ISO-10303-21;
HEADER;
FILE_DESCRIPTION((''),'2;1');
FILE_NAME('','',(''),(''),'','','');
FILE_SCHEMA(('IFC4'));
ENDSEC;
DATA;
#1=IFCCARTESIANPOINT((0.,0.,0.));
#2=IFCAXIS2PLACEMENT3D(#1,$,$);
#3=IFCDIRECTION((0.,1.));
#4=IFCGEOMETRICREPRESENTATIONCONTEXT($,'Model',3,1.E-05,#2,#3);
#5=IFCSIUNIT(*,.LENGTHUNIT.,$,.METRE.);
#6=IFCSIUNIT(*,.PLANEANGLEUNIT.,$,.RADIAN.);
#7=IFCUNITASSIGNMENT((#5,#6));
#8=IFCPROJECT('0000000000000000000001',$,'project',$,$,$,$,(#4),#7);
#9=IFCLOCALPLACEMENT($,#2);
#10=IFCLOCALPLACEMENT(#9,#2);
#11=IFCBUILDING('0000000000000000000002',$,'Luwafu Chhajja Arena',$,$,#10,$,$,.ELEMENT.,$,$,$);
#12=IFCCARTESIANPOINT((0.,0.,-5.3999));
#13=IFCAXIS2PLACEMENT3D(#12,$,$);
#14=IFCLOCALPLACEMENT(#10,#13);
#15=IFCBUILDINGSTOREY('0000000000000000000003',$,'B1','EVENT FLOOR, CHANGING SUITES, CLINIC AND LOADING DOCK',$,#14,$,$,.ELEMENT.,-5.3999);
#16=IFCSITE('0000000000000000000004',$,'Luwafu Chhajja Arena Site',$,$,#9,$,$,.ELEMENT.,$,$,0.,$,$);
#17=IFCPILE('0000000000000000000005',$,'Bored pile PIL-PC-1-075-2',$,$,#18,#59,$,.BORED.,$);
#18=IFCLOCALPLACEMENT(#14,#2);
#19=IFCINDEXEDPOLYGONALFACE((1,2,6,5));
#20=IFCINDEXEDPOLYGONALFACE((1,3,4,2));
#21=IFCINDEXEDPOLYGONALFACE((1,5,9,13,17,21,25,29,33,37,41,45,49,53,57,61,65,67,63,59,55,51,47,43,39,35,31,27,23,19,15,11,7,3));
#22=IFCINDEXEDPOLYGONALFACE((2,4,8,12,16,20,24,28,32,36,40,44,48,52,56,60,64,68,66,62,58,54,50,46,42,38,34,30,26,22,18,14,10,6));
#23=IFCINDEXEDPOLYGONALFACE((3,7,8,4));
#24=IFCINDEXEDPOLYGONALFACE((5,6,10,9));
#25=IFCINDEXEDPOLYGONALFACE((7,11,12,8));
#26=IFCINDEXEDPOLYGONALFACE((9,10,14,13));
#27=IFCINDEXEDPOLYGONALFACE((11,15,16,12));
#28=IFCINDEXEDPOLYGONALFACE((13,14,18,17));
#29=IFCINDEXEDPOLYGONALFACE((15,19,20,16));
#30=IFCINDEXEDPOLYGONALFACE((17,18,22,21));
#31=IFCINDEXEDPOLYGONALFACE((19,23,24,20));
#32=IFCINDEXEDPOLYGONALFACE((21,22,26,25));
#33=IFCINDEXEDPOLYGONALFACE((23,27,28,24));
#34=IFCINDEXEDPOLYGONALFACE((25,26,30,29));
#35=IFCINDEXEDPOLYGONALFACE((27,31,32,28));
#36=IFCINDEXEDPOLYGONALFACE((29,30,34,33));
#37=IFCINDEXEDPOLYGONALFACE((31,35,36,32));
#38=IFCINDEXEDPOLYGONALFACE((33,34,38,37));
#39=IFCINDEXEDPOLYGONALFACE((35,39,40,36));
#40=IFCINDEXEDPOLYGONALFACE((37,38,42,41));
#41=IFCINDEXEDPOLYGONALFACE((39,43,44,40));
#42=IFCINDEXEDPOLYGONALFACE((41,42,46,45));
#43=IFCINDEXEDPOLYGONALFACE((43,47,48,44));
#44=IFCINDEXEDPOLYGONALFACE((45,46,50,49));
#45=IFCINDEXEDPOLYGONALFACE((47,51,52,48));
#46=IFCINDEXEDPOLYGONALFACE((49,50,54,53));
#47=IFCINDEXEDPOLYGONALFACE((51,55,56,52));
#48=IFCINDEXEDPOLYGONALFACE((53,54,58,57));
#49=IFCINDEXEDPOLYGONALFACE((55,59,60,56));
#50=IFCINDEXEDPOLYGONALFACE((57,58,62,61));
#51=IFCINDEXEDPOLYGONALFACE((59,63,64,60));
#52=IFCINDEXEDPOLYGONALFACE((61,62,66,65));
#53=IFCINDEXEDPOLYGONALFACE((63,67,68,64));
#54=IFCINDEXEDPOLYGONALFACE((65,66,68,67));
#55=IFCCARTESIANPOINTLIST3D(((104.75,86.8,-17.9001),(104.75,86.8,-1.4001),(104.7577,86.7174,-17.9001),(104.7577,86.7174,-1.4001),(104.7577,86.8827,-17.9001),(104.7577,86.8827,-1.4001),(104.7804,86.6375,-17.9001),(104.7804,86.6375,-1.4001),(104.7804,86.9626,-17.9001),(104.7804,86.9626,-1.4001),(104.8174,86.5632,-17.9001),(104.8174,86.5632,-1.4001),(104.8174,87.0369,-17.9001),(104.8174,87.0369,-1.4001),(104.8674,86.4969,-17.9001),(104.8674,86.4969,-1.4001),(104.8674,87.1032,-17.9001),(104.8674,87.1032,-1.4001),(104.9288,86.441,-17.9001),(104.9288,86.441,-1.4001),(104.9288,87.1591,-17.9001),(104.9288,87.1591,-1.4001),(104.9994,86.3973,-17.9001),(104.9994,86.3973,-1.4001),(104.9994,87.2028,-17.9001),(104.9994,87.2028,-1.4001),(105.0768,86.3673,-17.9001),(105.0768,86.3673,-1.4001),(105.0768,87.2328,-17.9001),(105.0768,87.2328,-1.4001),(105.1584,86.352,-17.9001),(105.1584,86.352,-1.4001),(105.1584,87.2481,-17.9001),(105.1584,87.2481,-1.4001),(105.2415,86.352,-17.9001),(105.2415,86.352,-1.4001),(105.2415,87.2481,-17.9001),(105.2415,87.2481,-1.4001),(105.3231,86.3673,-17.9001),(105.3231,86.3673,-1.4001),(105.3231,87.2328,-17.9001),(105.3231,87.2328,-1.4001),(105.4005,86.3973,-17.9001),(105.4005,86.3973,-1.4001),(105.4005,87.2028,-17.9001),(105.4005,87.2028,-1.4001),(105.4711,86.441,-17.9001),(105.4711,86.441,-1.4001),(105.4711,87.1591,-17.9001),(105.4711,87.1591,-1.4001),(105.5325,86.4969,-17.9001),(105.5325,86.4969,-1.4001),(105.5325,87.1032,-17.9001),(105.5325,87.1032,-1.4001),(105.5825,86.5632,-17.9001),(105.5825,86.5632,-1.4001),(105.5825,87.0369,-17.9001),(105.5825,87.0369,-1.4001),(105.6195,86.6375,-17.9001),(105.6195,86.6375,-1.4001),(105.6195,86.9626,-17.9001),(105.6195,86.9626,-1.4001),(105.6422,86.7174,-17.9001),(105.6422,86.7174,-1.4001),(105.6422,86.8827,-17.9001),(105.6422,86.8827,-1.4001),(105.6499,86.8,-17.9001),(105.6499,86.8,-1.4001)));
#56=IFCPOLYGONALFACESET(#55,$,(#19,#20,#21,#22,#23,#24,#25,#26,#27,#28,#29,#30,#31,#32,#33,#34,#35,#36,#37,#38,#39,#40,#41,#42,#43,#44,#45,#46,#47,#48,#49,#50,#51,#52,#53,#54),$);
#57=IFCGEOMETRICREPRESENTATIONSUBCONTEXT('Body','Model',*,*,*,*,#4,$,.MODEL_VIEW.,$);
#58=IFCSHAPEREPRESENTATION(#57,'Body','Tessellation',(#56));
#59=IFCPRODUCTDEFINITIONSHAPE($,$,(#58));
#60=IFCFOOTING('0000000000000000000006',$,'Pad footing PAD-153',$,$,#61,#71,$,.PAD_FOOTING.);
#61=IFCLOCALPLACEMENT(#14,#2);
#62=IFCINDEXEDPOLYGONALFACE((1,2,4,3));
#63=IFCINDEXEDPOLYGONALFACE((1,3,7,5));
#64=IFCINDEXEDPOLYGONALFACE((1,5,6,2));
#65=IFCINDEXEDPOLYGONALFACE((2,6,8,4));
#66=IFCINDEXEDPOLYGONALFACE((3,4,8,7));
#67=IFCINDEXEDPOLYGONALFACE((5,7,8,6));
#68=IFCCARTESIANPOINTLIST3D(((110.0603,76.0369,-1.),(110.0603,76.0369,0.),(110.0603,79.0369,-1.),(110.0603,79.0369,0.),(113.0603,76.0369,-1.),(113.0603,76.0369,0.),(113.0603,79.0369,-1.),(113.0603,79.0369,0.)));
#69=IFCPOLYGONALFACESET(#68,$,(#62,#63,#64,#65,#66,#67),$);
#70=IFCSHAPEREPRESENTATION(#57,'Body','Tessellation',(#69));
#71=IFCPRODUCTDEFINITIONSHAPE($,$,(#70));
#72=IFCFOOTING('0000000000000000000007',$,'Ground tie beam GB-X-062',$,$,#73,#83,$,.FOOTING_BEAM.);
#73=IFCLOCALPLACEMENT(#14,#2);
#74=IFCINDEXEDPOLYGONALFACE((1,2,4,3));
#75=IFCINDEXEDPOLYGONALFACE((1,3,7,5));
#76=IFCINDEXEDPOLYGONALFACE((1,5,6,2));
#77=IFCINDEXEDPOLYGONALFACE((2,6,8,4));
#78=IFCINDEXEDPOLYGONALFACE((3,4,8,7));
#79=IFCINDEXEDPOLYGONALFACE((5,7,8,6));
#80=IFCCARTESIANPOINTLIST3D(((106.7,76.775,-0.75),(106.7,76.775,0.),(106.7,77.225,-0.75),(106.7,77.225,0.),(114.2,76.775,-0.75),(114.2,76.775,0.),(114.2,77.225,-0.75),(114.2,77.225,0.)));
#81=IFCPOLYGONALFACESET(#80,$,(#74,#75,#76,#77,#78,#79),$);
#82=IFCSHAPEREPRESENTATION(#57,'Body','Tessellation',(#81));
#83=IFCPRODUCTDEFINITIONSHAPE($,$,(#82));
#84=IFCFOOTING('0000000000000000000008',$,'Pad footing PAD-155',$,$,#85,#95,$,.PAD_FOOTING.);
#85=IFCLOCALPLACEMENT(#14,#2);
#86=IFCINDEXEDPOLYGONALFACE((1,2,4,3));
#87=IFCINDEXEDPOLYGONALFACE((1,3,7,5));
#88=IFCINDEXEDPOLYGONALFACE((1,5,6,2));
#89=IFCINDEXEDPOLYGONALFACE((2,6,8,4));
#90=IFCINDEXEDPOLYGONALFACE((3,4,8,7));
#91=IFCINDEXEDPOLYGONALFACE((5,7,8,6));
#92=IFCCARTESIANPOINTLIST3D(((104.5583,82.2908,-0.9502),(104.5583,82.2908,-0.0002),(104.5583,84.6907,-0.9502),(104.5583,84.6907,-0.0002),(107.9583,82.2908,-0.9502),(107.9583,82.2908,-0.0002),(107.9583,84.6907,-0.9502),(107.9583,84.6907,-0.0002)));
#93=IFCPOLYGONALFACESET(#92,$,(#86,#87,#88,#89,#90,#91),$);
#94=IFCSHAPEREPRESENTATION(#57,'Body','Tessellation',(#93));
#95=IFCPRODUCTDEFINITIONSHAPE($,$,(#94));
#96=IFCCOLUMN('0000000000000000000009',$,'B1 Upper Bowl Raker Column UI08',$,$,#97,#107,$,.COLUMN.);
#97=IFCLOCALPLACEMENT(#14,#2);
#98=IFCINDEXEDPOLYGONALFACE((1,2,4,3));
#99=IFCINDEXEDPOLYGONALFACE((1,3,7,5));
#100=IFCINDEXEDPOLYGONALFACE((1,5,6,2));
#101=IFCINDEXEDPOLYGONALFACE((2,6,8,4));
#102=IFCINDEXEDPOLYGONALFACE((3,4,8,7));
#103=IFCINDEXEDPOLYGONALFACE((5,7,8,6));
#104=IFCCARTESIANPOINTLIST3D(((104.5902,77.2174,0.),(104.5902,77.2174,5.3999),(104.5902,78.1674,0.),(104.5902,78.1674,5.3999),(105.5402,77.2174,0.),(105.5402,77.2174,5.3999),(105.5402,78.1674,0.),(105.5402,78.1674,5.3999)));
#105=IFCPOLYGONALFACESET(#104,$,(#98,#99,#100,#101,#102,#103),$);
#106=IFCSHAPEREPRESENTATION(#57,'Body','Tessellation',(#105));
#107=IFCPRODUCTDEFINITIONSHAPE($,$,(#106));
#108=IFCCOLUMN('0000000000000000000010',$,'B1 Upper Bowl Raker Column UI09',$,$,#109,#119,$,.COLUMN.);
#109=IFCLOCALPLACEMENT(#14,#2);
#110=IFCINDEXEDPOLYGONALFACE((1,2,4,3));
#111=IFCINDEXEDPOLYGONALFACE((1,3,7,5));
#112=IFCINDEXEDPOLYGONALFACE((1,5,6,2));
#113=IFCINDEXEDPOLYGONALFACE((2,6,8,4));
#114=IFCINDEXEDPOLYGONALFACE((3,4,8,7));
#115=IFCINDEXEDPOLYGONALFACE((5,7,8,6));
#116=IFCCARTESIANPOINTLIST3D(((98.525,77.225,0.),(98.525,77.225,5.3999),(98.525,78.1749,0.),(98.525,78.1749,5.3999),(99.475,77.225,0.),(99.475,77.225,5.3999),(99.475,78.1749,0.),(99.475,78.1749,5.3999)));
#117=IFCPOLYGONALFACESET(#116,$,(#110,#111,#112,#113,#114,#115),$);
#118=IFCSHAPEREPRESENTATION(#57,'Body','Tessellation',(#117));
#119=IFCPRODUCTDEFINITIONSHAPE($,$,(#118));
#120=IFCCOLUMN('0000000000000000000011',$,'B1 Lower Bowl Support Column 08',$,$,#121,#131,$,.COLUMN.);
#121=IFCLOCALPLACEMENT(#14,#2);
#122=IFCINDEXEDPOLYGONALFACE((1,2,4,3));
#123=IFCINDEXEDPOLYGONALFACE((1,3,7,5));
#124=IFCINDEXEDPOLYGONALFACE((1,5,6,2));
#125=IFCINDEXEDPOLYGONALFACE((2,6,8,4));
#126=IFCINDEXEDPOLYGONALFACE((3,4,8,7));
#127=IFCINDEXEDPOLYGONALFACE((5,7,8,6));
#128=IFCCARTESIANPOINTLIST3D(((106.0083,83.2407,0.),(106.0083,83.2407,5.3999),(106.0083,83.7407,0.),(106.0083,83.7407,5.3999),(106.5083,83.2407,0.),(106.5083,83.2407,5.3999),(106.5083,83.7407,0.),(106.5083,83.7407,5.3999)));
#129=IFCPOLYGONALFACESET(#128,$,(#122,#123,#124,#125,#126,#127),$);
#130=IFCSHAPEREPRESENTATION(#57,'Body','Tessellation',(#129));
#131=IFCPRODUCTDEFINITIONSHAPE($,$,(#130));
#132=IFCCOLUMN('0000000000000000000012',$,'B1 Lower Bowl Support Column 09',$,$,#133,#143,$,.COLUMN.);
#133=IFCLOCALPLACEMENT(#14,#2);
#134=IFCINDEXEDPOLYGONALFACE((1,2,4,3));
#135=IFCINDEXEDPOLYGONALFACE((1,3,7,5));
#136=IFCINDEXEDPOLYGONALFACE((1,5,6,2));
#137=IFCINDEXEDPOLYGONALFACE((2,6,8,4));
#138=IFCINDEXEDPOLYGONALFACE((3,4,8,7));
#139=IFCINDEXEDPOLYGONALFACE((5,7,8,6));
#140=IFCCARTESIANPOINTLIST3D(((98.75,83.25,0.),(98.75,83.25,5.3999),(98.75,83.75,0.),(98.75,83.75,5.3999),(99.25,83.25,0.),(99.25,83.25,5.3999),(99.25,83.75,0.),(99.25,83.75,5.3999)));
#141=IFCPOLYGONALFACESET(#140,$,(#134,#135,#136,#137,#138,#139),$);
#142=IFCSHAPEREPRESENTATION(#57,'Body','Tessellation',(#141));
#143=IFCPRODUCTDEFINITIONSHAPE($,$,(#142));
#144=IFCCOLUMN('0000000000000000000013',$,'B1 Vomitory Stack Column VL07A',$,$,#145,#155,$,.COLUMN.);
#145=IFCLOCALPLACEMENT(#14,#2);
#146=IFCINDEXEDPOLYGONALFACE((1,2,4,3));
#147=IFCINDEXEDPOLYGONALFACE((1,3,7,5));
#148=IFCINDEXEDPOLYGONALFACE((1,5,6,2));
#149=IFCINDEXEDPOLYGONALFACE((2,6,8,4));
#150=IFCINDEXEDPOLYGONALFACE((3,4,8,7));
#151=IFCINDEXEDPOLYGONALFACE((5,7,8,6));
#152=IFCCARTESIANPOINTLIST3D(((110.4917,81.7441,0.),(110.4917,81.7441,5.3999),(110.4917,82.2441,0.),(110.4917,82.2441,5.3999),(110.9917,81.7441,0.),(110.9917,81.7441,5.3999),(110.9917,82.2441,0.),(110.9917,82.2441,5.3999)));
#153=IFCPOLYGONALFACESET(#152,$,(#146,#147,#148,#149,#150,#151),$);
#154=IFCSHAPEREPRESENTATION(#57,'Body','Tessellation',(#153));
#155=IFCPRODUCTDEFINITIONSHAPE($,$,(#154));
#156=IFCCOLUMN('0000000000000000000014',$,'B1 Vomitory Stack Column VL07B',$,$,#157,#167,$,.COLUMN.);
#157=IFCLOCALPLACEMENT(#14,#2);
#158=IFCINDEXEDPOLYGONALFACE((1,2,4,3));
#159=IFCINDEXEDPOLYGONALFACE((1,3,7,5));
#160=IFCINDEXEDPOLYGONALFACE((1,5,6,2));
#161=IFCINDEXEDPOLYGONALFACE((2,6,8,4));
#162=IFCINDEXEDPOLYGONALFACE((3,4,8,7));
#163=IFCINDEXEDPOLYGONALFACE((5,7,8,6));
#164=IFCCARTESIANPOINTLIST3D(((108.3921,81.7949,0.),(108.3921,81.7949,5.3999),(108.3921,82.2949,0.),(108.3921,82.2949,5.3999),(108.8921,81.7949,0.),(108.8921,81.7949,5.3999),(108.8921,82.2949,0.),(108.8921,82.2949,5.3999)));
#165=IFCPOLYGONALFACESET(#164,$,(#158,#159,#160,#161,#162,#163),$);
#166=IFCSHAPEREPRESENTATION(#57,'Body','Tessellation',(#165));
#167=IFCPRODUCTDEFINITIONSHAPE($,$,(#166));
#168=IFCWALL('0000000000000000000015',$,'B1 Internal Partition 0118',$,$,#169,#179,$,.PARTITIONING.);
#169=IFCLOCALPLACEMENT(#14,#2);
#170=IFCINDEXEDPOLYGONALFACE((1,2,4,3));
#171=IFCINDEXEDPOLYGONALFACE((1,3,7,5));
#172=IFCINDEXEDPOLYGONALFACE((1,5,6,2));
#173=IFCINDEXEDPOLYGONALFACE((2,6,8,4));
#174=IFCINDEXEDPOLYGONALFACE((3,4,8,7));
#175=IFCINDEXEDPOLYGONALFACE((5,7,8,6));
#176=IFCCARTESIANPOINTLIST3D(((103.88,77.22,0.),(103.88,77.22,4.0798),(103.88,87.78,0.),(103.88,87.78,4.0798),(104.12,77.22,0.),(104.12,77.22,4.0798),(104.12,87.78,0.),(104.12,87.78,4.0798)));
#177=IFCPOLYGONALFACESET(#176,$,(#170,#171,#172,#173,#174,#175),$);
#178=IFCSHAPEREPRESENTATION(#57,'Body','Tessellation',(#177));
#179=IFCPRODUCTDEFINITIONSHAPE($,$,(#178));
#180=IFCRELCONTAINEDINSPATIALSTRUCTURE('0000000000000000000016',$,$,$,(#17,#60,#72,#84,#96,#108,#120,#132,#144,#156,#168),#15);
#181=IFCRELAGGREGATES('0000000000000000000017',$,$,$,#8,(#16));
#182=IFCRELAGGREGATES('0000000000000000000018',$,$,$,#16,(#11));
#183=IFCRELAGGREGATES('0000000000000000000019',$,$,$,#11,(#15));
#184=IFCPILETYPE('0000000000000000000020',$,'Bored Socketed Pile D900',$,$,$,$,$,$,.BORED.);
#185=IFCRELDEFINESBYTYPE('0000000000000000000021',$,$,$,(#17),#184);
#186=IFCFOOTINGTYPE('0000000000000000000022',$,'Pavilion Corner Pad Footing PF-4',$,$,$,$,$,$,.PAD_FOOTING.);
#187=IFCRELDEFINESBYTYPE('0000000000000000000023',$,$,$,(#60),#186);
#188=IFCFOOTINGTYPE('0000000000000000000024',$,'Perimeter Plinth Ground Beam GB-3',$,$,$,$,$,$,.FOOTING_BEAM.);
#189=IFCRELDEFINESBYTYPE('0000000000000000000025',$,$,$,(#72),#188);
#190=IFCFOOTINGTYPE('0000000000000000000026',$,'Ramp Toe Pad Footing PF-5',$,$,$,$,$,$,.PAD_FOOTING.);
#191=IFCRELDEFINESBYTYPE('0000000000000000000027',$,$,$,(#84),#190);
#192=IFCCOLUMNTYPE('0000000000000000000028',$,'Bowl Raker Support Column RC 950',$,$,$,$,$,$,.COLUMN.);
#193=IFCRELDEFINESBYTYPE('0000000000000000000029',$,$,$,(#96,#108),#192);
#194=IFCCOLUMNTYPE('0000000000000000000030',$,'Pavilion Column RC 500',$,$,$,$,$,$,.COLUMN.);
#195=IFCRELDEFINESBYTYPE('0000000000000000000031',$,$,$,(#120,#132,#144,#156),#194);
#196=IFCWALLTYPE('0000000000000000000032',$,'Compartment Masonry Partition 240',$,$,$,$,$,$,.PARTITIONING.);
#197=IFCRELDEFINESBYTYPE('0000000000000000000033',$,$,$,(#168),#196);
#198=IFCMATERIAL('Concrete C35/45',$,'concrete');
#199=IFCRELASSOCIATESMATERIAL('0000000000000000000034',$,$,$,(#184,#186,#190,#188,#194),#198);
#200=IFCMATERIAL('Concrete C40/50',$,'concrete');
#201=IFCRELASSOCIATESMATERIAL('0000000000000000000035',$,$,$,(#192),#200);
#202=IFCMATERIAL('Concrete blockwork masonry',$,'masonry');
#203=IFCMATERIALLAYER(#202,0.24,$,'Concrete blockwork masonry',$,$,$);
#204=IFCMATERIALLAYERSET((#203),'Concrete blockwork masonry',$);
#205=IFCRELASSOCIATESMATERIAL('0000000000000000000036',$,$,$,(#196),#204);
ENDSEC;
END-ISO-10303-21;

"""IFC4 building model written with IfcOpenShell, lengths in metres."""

from ifc_helpers import new_model, si_unit, direction, frame, frame_2d, origin, origin_2d, place, context, subcontext, project, spatial, rectangle, circle, extrude, material, layer, layer_set, material_profile, profile_set, type_object, element, save


model = new_model("IFC4")

# Units and contexts
model_context = context("Model", 3, precision=1e-05, world=origin(), true_north=direction((0.0, 1.0)))
body_context = subcontext(model_context, "Body", "Model", "MODEL_VIEW")
ifc_project = project(units=[si_unit("LENGTHUNIT", "METRE"), si_unit("PLANEANGLEUNIT", "RADIAN")], contexts=[model_context])

# Site, building, storey
site_placement = place(None, origin())
site = spatial("IfcSite", under=ifc_project, at=site_placement, Name="Luwafu Chhajja Arena Site", CompositionType="ELEMENT", RefElevation=0.0)
building_placement = place(site_placement, origin())
building = spatial("IfcBuilding", under=site, at=building_placement, Name="Luwafu Chhajja Arena", CompositionType="ELEMENT")
storey_placement = place(building_placement, frame((0.0, 0.0, -5.3999)))
storey = spatial("IfcBuildingStorey", under=building, at=storey_placement, Name="B1", Description="EVENT FLOOR, CHANGING SUITES, CLINIC AND LOADING DOCK", CompositionType="ELEMENT", Elevation=-5.3999)

# Shared definitions
ifc_material_1 = material(Name="Concrete C35/45", Category="concrete")

# Pile
ifc_material_profile_1 = material_profile(ifc_material_1, circle(Radius=0.45, at=origin_2d()), Name="PILE D900")
ifc_profile_set_1 = profile_set([ifc_material_profile_1], Name="Concrete C35/45")
pile_type = type_object("IfcPileType", Name="Bored Socketed Pile D900", PredefinedType="BORED", material=ifc_profile_set_1)
for number, where, z_axis, x_axis, name in (
    (1, (105.2, 86.8, -1.4001), (0.0, 0.0, -1.0), (1.0, 0.0, 0.0), "Bored pile PIL-PC-1-075-2"),
):
    element("IfcPile", number, at=place(storey_placement, frame(where, z_axis=z_axis, x_axis=x_axis)), inside=storey, type_object=pile_type, Name=name, PredefinedType="BORED", context=body_context, shape_type="SweptSolid", body=[
        extrude(circle(Radius=0.45, at=origin_2d()), origin(), (0.0, 0.0, 1.0), 16.5),
    ])

# Footings
footing_type_1 = type_object("IfcFootingType", Name="Pavilion Corner Pad Footing PF-4", PredefinedType="PAD_FOOTING", material=ifc_material_1)
footing_1_placement = place(storey_placement, frame((111.5603, 77.5369, -1.0), z_axis=(0.0, 0.0, 1.0), x_axis=(1.0, 0.0, 0.0)))
element("IfcFooting", 2, at=footing_1_placement, inside=storey, type_object=footing_type_1, Name="Pad footing PAD-153", PredefinedType="PAD_FOOTING", context=body_context, shape_type="SweptSolid", body=[
    extrude(rectangle(XDim=3.0, YDim=3.0, at=origin_2d()), origin(), (0.0, 0.0, 1.0), 1.0),
])
ifc_material_profile_2 = material_profile(ifc_material_1, rectangle(XDim=0.45, YDim=0.75, at=origin_2d()), Name="RC 450x750")
ifc_profile_set_2 = profile_set([ifc_material_profile_2], Name="Concrete C35/45")
footing_type_2 = type_object("IfcFootingType", Name="Perimeter Plinth Ground Beam GB-3", PredefinedType="FOOTING_BEAM", material=ifc_profile_set_2)
footing_2_placement = place(storey_placement, frame((106.7, 77.0, -0.375), z_axis=(1.0, 0.0, 0.0), x_axis=(0.0, 1.0, 0.0)))
element("IfcFooting", 3, at=footing_2_placement, inside=storey, type_object=footing_type_2, Name="Ground tie beam GB-X-062", PredefinedType="FOOTING_BEAM", context=body_context, shape_type="SweptSolid", body=[
    extrude(rectangle(XDim=0.45, YDim=0.75, at=origin_2d()), origin(), (0.0, 0.0, 1.0), 7.5),
])
footing_type_3 = type_object("IfcFootingType", Name="Ramp Toe Pad Footing PF-5", PredefinedType="PAD_FOOTING", material=ifc_material_1)
footing_3_placement = place(storey_placement, frame((106.2583, 83.4907, -0.9502), z_axis=(0.0, 0.0, 1.0), x_axis=(1.0, 0.0, 0.0)))
element("IfcFooting", 4, at=footing_3_placement, inside=storey, type_object=footing_type_3, Name="Pad footing PAD-155", PredefinedType="PAD_FOOTING", context=body_context, shape_type="SweptSolid", body=[
    extrude(rectangle(XDim=3.3999, YDim=2.3999, at=origin_2d()), origin(), (0.0, 0.0, 1.0), 0.95),
])

# Columns
ifc_material_2 = material(Name="Concrete C40/50", Category="concrete")
ifc_material_profile_3 = material_profile(ifc_material_2, rectangle(XDim=0.95, YDim=0.95, at=origin_2d()), Name="RC 950x950")
ifc_profile_set_3 = profile_set([ifc_material_profile_3], Name="Concrete C40/50")
column_type_1 = type_object("IfcColumnType", Name="Bowl Raker Support Column RC 950", PredefinedType="COLUMN", material=ifc_profile_set_3)
for number, where, z_axis, x_axis, name in (
    (5, (105.0652, 77.6924, 0.0), (0.0, 0.0, 1.0), (1.0, 0.0, 0.0), "B1 Upper Bowl Raker Column UI08"),
    (6, (99.0, 77.7, 0.0), (0.0, 0.0, 1.0), (1.0, 0.0, 0.0), "B1 Upper Bowl Raker Column UI09"),
):
    element("IfcColumn", number, at=place(storey_placement, frame(where, z_axis=z_axis, x_axis=x_axis)), inside=storey, type_object=column_type_1, Name=name, PredefinedType="COLUMN", context=body_context, shape_type="SweptSolid", body=[
        extrude(rectangle(XDim=0.95, YDim=0.95, at=origin_2d()), origin(), (0.0, 0.0, 1.0), 5.3999),
    ])
ifc_material_profile_4 = material_profile(ifc_material_1, rectangle(XDim=0.5, YDim=0.5, at=origin_2d()), Name="RC 500x500")
ifc_profile_set_4 = profile_set([ifc_material_profile_4], Name="Concrete C35/45")
column_type_2 = type_object("IfcColumnType", Name="Pavilion Column RC 500", PredefinedType="COLUMN", material=ifc_profile_set_4)
for number, where, z_axis, x_axis, name in (
    (7, (106.2583, 83.4907, 0.0), (0.0, 0.0, 1.0), (1.0, 0.0, 0.0), "B1 Lower Bowl Support Column 08"),
    (8, (99.0, 83.5, 0.0), (0.0, 0.0, 1.0), (1.0, 0.0, 0.0), "B1 Lower Bowl Support Column 09"),
    (9, (110.7417, 81.9941, 0.0), (0.0, 0.0, 1.0), (1.0, 0.0, 0.0), "B1 Vomitory Stack Column VL07A"),
    (10, (108.6421, 82.0449, 0.0), (0.0, 0.0, 1.0), (1.0, 0.0, 0.0), "B1 Vomitory Stack Column VL07B"),
):
    element("IfcColumn", number, at=place(storey_placement, frame(where, z_axis=z_axis, x_axis=x_axis)), inside=storey, type_object=column_type_2, Name=name, PredefinedType="COLUMN", context=body_context, shape_type="SweptSolid", body=[
        extrude(rectangle(XDim=0.5, YDim=0.5, at=origin_2d()), origin(), (0.0, 0.0, 1.0), 5.3999),
    ])

# Wall
ifc_material_3 = material(Name="Concrete blockwork masonry", Category="masonry")
ifc_layer_1 = layer(ifc_material_3, 0.24, Name="Concrete blockwork masonry")
ifc_layer_set_1 = layer_set([ifc_layer_1], Name="Concrete blockwork masonry")
wall_type_1 = type_object("IfcWallType", Name="Compartment Masonry Partition 240", PredefinedType="PARTITIONING", material=ifc_layer_set_1)
wall_1_placement = place(storey_placement, frame((104.0, 77.22, 0.0), z_axis=(0.0, 0.0, 1.0), x_axis=(0.0, 1.0, 0.0)))
element("IfcWall", 11, at=wall_1_placement, inside=storey, type_object=wall_type_1, Name="B1 Internal Partition 0118", PredefinedType="PARTITIONING", context=body_context, shape_type="SweptSolid", body=[
    extrude(rectangle(XDim=10.5601, YDim=0.24, at=frame_2d((5.28, 0.0))), origin(), (0.0, 0.0, 1.0), 4.0798),
])

save(model, "model.ifc")
